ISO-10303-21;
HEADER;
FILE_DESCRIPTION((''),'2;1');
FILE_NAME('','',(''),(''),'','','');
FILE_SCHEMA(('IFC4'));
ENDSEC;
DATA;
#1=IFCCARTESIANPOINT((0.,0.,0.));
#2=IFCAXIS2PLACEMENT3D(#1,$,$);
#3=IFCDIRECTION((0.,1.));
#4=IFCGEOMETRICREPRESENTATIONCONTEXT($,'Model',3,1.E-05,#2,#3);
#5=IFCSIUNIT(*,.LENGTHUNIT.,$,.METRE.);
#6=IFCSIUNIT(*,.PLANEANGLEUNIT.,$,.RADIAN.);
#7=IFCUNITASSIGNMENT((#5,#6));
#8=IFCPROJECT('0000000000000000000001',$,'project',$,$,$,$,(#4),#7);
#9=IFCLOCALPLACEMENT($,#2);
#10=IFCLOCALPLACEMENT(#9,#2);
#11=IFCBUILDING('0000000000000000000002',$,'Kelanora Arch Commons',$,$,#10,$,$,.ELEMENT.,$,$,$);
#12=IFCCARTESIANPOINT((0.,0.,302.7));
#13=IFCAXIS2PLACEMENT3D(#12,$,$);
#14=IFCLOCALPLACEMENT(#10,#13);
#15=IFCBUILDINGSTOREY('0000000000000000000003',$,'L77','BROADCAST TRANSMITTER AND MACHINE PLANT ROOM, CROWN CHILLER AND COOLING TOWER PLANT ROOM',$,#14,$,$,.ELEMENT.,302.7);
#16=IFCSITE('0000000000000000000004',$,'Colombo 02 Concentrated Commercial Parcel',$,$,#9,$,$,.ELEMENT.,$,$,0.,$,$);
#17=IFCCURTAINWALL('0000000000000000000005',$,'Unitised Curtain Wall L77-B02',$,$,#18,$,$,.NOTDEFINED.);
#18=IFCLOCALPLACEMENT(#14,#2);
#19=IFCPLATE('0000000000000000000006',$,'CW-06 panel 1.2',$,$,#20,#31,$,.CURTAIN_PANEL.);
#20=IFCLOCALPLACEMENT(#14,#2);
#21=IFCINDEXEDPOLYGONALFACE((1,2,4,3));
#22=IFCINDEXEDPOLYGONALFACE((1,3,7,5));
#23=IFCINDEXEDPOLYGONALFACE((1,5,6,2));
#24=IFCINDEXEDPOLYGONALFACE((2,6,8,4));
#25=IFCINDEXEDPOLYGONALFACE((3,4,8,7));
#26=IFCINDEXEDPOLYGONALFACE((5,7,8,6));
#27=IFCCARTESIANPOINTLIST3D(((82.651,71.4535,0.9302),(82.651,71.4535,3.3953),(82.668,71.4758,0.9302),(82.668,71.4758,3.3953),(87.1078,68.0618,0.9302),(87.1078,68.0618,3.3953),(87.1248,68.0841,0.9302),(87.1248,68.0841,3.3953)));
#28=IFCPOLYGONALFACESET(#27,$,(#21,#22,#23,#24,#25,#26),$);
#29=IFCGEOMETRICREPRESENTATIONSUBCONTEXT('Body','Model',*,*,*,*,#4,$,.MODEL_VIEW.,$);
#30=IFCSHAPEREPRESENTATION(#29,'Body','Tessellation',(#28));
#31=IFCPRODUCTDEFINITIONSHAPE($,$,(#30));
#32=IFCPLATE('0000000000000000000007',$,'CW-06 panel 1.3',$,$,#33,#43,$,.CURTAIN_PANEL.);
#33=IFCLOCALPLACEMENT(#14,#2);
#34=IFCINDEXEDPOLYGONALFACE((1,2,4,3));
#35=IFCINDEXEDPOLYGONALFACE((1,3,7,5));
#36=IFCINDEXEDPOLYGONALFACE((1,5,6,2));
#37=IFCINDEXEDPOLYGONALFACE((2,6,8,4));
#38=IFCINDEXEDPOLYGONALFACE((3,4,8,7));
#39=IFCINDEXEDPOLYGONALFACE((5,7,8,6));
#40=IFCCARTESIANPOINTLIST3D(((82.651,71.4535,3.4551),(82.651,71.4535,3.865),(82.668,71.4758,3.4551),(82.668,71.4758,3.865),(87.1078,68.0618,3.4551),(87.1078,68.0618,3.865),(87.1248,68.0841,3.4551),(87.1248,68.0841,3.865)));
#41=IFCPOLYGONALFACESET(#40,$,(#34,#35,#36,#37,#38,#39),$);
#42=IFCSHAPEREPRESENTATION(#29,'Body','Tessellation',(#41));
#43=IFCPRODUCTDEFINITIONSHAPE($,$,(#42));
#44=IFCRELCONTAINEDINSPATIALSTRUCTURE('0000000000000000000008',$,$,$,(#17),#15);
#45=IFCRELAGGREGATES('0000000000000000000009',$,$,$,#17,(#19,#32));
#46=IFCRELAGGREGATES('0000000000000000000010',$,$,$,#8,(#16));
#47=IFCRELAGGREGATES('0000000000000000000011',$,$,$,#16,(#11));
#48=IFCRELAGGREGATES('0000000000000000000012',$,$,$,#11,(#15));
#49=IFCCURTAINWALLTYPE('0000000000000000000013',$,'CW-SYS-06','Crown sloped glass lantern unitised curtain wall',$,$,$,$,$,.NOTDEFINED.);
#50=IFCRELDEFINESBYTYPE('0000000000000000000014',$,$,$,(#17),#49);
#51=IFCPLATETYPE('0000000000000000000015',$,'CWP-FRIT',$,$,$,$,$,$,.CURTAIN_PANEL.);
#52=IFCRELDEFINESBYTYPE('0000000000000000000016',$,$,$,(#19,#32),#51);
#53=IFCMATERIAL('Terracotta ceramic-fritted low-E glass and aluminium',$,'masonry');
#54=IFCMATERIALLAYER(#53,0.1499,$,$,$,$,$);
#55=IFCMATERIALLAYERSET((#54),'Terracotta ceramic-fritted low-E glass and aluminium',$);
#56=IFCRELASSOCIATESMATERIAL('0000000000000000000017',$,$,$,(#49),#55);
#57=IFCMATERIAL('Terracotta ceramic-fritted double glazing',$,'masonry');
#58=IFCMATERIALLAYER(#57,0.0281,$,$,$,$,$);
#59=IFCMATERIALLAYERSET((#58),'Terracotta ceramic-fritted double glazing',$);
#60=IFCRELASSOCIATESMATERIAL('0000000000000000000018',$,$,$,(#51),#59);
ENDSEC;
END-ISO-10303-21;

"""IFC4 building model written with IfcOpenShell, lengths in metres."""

from ifc_helpers import new_model, si_unit, direction, frame, origin, origin_2d, place, context, subcontext, project, spatial, rectangle, extrude, source, transform, mapped, material, layer, layer_set, type_object, element, aggregate, save


model = new_model("IFC4")

# Units and contexts
model_context = context("Model", 3, precision=1e-05, world=origin(), true_north=direction((0.0, 1.0)))
body_context = subcontext(model_context, "Body", "Model", "MODEL_VIEW")
ifc_project = project(units=[si_unit("LENGTHUNIT", "METRE"), si_unit("PLANEANGLEUNIT", "RADIAN")], contexts=[model_context])

# Site, building, storey
site_placement = place(None, origin())
site = spatial("IfcSite", under=ifc_project, at=site_placement, Name="Colombo 02 Concentrated Commercial Parcel", CompositionType="ELEMENT", RefElevation=0.0)
building_placement = place(site_placement, origin())
building = spatial("IfcBuilding", under=site, at=building_placement, Name="Kelanora Arch Commons", CompositionType="ELEMENT")
storey_placement = place(building_placement, frame((0.0, 0.0, 302.7)))
storey = spatial("IfcBuildingStorey", under=building, at=storey_placement, Name="L77", Description="BROADCAST TRANSMITTER AND MACHINE PLANT ROOM, CROWN CHILLER AND COOLING TOWER PLANT ROOM", CompositionType="ELEMENT", Elevation=302.7)

# Shared definitions
ifc_material_1 = material(Name="Terracotta ceramic-fritted low-E glass and aluminium", Category="masonry")
ifc_layer_1 = layer(ifc_material_1, 0.1499)
ifc_layer_set_1 = layer_set([ifc_layer_1], Name="Terracotta ceramic-fritted low-E glass and aluminium")
curtain_wall_type = type_object("IfcCurtainWallType", Name="CW-SYS-06", Description="Crown sloped glass lantern unitised curtain wall", PredefinedType="NOTDEFINED", material=ifc_layer_set_1)

# Curtain wall
curtain_wall_1_placement = place(storey_placement, origin())
curtain_wall_1 = element("IfcCurtainWall", 1, at=curtain_wall_1_placement, inside=storey, type_object=curtain_wall_type, Name="Unitised Curtain Wall L77-B02", PredefinedType="NOTDEFINED")

# Plates
ifc_material_2 = material(Name="Terracotta ceramic-fritted double glazing", Category="masonry")
ifc_layer_2 = layer(ifc_material_2, 0.0281)
ifc_layer_set_2 = layer_set([ifc_layer_2], Name="Terracotta ceramic-fritted double glazing")
plate_type = type_object("IfcPlateType", Name="CWP-FRIT", PredefinedType="CURTAIN_PANEL", material=ifc_layer_set_2)
shared_shape_1 = source(origin(), body_context, "Body", "SweptSolid", [
    extrude(rectangle(XDim=5.6006, YDim=0.0281, at=origin_2d()), origin(), (0.0, 0.0, 1.0), 2.4651),
])
plate_1_placement = place(storey_placement, frame((84.8879, 69.7688, 0.9302), z_axis=(0.0, 0.0, 1.0), x_axis=(-0.795772, 0.605596, 0.0)))
plate_1 = element("IfcPlate", 2, at=plate_1_placement, type_object=plate_type, Name="CW-06 panel 1.2", PredefinedType="CURTAIN_PANEL", context=body_context, shape_type="MappedRepresentation", body=[
    mapped(shared_shape_1, transform((0.0, 0.0, 0.0), scale=1.0)),
])
shared_shape_2 = source(origin(), body_context, "Body", "SweptSolid", [
    extrude(rectangle(XDim=5.6006, YDim=0.0281, at=origin_2d()), origin(), (0.0, 0.0, 1.0), 0.4099),
])
plate_2_placement = place(storey_placement, frame((84.8879, 69.7688, 3.4551), z_axis=(0.0, 0.0, 1.0), x_axis=(-0.795772, 0.605596, 0.0)))
plate_2 = element("IfcPlate", 3, at=plate_2_placement, type_object=plate_type, Name="CW-06 panel 1.3", PredefinedType="CURTAIN_PANEL", context=body_context, shape_type="MappedRepresentation", body=[
    mapped(shared_shape_2, transform((0.0, 0.0, 0.0), scale=1.0)),
])
aggregate(curtain_wall_1, [plate_1, plate_2])

save(model, "model.ifc")
